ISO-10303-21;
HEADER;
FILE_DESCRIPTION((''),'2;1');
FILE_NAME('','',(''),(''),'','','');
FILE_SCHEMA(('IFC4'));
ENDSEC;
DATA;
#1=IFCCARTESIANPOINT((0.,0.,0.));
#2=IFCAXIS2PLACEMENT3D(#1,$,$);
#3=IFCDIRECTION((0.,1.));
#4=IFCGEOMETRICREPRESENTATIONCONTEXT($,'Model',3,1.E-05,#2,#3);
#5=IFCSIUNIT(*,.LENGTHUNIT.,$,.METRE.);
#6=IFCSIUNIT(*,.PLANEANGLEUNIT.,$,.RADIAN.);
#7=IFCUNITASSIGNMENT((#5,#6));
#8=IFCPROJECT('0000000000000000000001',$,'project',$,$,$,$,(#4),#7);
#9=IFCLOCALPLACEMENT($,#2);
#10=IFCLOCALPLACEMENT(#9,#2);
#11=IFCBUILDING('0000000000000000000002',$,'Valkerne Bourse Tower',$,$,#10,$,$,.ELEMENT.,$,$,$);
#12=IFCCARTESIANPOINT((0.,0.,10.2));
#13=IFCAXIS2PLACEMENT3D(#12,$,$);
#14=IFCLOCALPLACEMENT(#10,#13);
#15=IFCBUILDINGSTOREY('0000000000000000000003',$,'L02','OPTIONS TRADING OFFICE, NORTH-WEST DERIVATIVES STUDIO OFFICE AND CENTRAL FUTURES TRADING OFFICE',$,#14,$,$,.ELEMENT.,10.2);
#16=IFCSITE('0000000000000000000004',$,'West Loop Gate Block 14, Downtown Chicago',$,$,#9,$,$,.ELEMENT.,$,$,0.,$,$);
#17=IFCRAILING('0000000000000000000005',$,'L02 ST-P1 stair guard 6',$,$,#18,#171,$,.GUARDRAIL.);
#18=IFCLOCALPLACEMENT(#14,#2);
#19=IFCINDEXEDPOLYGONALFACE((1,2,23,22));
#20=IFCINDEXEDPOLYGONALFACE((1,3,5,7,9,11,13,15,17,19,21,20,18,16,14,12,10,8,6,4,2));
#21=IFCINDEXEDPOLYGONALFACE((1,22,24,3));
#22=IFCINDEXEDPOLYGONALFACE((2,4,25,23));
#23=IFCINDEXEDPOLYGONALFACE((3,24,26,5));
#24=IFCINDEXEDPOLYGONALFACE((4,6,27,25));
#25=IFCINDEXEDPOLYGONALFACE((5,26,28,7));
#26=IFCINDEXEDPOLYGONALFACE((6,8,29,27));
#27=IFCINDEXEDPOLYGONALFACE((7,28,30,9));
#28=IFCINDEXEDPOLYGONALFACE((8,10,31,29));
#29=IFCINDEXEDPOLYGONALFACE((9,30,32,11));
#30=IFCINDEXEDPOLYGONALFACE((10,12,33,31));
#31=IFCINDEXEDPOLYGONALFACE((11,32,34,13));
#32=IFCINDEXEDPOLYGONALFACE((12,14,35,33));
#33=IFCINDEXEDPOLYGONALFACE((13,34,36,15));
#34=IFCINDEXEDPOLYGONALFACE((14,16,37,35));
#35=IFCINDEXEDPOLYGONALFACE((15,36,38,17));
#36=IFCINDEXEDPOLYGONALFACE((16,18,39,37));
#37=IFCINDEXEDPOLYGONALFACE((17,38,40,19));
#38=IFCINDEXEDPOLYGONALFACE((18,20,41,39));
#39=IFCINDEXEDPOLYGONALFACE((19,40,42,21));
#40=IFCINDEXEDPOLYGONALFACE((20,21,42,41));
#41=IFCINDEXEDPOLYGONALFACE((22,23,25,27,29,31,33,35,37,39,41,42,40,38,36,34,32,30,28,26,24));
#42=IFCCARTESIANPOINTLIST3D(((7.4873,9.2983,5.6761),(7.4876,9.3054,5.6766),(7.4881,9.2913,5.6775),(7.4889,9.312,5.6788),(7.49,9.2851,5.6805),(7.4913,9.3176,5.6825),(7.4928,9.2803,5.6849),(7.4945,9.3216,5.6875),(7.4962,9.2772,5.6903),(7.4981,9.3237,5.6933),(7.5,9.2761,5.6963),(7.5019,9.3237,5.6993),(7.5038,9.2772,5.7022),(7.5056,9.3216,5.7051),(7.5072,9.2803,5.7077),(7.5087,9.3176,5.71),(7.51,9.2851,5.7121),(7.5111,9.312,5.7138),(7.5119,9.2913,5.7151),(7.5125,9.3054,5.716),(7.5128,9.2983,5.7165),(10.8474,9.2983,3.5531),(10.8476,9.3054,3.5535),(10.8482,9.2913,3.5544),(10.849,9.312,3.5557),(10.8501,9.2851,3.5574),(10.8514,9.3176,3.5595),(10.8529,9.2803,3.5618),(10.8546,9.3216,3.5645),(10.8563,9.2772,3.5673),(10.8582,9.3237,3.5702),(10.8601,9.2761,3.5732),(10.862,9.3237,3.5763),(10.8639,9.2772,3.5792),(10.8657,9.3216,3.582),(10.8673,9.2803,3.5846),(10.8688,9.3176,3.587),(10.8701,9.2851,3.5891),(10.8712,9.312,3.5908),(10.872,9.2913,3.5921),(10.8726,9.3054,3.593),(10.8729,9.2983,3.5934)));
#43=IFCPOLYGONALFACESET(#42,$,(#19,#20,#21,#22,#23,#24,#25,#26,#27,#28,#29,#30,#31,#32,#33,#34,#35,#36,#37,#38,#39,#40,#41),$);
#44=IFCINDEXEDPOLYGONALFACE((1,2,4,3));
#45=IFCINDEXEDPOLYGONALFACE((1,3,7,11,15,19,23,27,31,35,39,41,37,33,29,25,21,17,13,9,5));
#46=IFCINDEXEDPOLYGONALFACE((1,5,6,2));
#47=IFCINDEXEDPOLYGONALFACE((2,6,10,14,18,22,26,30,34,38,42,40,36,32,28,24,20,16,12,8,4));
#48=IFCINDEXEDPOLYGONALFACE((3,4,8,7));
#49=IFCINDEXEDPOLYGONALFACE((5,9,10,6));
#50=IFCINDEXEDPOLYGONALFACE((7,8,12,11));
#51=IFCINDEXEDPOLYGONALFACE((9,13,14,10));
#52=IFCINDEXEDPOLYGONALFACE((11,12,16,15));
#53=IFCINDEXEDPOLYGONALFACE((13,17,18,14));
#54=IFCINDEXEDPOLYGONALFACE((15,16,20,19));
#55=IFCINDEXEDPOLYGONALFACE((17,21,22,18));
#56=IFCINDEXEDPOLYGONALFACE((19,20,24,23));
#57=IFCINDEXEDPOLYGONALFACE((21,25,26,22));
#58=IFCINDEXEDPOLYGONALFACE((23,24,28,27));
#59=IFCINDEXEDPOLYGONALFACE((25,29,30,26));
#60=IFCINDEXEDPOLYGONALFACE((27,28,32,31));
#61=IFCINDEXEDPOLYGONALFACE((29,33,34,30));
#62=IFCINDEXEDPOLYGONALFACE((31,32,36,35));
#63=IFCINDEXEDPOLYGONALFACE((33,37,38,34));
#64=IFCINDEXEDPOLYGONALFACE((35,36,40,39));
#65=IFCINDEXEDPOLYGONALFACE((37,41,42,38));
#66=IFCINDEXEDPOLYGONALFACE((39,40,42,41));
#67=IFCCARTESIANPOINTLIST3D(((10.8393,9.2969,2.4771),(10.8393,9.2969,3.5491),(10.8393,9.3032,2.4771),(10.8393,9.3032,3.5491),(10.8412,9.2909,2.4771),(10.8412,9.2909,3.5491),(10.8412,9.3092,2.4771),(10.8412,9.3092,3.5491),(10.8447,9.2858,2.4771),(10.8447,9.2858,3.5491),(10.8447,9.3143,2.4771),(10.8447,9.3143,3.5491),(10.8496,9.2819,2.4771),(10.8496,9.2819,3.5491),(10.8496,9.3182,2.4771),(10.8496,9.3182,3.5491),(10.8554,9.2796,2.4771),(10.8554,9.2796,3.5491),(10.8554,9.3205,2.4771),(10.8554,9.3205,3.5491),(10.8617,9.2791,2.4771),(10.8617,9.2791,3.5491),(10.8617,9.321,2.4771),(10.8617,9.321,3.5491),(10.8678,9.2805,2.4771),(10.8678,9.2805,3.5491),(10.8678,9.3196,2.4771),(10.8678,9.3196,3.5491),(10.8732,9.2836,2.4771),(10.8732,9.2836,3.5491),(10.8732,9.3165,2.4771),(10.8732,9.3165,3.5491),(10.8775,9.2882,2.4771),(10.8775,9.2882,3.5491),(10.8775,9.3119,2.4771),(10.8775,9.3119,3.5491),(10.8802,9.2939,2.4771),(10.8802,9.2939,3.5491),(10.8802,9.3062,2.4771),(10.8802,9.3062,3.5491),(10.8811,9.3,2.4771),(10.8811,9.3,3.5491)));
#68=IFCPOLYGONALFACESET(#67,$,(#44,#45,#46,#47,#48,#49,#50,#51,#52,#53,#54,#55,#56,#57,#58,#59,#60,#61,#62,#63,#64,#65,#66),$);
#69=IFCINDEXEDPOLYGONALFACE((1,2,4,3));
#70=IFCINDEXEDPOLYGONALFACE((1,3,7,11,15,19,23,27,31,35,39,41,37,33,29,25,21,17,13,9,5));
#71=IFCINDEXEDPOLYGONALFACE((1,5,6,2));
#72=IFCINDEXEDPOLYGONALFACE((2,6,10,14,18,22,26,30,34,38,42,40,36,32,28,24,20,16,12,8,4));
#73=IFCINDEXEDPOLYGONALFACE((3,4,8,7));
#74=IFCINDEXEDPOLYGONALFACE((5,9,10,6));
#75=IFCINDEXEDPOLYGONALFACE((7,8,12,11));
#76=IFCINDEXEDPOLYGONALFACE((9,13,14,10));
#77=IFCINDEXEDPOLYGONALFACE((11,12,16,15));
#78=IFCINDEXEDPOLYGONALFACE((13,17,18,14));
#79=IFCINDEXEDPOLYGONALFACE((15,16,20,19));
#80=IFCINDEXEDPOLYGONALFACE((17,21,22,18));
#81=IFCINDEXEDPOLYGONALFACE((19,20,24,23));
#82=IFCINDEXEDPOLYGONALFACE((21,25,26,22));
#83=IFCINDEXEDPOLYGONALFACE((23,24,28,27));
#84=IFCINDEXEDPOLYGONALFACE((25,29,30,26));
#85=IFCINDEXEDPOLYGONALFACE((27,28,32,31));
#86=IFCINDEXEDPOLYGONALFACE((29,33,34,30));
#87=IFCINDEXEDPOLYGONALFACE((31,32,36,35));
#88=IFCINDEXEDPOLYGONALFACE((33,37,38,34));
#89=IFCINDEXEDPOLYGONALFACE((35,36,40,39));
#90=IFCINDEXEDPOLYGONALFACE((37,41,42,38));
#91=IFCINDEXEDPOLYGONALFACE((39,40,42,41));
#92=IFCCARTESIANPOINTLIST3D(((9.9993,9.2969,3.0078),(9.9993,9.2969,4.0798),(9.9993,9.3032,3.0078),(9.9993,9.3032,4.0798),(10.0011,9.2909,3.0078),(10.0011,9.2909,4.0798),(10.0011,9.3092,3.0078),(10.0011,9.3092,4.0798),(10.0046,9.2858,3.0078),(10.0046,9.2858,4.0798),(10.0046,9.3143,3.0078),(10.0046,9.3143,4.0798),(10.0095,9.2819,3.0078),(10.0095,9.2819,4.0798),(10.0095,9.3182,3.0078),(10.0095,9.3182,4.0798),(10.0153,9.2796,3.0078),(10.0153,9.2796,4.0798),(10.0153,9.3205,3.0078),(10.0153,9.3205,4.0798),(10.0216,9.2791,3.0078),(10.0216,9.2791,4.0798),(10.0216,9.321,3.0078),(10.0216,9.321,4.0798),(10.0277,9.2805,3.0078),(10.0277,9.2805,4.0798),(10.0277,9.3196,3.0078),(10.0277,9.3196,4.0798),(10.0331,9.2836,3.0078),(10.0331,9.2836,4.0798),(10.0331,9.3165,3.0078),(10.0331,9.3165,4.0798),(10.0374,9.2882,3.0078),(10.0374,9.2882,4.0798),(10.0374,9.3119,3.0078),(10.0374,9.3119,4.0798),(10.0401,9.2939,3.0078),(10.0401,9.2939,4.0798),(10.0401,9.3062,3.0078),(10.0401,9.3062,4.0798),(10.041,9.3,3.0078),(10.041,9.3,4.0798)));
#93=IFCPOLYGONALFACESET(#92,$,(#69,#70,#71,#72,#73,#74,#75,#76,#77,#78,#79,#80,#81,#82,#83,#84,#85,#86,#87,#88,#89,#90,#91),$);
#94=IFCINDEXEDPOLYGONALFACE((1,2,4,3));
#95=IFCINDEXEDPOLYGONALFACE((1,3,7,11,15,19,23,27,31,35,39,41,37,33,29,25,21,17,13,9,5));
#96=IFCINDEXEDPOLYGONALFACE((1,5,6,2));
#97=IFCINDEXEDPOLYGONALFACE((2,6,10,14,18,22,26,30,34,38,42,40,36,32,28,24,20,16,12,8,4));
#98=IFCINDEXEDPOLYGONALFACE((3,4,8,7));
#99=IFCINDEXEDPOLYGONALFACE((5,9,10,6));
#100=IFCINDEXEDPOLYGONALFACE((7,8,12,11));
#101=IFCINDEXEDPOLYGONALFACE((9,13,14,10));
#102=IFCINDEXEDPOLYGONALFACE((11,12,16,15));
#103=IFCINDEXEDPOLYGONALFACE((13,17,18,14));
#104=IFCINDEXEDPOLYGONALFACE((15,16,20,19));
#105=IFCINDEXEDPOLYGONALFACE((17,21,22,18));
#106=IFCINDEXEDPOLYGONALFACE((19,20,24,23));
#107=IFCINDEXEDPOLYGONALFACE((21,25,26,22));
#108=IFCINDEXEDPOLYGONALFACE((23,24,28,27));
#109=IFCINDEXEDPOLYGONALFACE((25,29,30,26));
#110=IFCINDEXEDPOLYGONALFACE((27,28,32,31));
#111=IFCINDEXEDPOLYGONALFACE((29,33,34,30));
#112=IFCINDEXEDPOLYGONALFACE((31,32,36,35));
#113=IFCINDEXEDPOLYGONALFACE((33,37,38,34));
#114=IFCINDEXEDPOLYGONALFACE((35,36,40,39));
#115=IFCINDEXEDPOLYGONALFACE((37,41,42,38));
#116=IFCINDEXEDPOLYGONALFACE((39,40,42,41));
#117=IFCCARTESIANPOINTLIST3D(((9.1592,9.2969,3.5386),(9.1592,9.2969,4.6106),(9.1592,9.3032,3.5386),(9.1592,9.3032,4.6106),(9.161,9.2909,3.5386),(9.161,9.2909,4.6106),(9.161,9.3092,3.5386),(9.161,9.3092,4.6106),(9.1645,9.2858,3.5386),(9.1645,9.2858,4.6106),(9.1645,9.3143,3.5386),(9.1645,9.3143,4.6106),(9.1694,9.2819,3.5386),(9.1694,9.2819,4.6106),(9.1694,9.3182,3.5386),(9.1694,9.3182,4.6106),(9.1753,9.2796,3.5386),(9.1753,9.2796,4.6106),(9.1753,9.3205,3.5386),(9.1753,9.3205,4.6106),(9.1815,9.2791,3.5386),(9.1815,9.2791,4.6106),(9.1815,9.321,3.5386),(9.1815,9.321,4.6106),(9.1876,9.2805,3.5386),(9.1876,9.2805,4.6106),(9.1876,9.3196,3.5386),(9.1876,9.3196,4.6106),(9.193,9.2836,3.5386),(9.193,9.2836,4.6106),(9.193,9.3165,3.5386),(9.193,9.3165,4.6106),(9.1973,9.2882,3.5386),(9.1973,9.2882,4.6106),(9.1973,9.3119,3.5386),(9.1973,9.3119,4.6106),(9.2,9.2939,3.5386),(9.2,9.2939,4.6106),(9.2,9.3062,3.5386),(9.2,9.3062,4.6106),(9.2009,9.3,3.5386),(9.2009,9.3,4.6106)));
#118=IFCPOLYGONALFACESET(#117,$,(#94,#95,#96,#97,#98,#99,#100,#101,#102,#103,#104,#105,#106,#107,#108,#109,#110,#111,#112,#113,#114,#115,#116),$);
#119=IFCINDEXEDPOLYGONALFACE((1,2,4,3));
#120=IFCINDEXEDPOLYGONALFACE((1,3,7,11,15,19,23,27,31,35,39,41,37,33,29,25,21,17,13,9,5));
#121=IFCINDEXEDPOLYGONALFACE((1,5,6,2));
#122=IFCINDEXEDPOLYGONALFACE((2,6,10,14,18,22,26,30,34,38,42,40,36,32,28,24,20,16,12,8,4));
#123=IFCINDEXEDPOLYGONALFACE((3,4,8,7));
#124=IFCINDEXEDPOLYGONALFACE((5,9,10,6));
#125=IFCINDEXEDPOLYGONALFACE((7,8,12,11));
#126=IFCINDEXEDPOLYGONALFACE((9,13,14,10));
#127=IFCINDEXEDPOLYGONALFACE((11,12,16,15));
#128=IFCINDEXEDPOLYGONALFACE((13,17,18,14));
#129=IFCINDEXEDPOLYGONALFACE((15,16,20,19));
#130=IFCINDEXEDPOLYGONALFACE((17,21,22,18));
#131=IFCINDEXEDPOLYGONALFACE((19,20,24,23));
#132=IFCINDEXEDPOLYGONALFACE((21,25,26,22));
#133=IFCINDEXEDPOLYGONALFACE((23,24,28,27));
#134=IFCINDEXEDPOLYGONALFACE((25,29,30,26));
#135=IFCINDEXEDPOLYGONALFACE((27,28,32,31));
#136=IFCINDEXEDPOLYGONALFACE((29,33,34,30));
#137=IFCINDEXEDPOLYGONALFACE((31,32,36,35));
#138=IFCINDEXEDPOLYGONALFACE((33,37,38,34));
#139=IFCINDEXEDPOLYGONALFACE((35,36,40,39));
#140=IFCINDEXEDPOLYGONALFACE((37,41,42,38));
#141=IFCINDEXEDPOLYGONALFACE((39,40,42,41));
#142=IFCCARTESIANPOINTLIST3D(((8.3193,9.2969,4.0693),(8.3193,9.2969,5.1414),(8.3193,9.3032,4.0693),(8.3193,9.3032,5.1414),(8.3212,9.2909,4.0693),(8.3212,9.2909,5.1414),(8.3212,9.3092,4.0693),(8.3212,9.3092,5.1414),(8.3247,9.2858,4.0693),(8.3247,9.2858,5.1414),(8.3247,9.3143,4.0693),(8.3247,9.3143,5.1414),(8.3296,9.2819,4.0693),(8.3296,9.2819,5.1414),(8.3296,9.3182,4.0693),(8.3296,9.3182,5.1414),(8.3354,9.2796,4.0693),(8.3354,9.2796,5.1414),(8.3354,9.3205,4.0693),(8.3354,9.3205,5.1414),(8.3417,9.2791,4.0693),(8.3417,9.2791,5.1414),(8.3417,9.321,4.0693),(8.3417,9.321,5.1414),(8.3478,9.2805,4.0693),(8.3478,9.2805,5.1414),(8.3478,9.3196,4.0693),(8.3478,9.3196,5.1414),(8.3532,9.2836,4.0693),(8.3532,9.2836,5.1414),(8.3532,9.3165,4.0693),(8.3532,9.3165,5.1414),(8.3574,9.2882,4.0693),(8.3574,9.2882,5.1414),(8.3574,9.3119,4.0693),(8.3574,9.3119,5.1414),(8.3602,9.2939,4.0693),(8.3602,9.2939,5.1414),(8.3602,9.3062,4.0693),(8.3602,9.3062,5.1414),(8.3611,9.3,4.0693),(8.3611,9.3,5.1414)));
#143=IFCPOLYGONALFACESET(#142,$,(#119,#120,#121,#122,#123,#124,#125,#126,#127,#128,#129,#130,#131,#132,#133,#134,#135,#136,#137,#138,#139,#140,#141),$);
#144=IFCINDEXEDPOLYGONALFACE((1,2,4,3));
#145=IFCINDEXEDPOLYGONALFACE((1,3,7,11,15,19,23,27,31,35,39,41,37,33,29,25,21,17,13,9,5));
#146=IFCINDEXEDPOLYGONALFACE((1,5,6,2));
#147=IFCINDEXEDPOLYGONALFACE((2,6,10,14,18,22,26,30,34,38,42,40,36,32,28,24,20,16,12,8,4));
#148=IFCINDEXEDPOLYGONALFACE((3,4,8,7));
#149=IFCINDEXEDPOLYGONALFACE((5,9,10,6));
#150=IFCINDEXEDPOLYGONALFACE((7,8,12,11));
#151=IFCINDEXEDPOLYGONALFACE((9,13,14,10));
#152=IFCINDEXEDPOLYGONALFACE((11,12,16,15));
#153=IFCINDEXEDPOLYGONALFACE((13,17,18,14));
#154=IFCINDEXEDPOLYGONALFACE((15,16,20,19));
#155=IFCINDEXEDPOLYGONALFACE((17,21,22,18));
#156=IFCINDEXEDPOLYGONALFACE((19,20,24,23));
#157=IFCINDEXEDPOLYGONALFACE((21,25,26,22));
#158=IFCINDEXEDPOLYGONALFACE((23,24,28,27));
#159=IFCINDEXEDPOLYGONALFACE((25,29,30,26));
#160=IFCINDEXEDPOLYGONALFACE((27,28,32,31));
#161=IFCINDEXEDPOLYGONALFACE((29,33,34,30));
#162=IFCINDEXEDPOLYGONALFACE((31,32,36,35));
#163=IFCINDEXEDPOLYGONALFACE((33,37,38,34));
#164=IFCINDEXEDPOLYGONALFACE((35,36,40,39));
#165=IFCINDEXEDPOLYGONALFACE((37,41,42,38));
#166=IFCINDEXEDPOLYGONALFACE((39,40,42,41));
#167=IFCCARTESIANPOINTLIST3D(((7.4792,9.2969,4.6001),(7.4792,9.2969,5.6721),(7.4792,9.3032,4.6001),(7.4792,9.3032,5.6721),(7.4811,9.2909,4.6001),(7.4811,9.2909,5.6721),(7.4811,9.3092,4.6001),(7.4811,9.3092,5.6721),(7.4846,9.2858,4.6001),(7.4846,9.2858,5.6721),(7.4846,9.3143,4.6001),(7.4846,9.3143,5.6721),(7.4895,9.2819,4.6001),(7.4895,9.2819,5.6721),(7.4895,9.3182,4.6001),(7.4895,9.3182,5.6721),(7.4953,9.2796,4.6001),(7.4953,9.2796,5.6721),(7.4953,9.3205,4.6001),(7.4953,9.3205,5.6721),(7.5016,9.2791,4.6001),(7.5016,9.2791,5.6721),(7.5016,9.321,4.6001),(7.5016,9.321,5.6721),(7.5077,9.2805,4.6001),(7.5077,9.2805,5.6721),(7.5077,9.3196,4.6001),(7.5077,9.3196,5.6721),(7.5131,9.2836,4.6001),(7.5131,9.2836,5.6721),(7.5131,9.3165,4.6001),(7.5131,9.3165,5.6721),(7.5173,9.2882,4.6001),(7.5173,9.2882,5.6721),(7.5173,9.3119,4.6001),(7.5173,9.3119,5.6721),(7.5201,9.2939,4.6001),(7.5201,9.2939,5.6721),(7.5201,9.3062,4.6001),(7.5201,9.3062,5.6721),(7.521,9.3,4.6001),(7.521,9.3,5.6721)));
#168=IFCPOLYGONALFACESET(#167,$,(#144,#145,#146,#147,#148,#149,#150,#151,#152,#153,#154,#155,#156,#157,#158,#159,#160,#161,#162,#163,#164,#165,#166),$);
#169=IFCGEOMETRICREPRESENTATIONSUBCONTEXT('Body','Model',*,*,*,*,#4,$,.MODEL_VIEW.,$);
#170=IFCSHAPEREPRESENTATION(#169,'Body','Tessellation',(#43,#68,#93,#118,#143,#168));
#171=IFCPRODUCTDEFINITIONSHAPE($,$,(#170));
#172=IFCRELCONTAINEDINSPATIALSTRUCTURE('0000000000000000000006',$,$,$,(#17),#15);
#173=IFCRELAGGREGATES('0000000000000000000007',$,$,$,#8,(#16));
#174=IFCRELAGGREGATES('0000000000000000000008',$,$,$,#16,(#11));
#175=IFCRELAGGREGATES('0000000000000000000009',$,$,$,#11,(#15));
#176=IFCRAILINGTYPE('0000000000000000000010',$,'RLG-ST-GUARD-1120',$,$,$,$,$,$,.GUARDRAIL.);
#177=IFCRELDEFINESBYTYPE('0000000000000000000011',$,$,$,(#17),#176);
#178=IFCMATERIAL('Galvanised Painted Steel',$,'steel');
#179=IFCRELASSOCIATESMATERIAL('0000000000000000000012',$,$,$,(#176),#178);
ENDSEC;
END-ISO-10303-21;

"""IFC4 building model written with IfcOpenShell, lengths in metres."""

from ifc_helpers import new_model, si_unit, direction, frame, origin, origin_2d, place, context, subcontext, project, spatial, circle, extrude, material, type_object, element, save


model = new_model("IFC4")

# Units and contexts
model_context = context("Model", 3, precision=1e-05, world=origin(), true_north=direction((0.0, 1.0)))
body_context = subcontext(model_context, "Body", "Model", "MODEL_VIEW")
ifc_project = project(units=[si_unit("LENGTHUNIT", "METRE"), si_unit("PLANEANGLEUNIT", "RADIAN")], contexts=[model_context])

# Site, building, storey
site_placement = place(None, origin())
site = spatial("IfcSite", under=ifc_project, at=site_placement, Name="West Loop Gate Block 14, Downtown Chicago", CompositionType="ELEMENT", RefElevation=0.0)
building_placement = place(site_placement, origin())
building = spatial("IfcBuilding", under=site, at=building_placement, Name="Valkerne Bourse Tower", CompositionType="ELEMENT")
storey_placement = place(building_placement, frame((0.0, 0.0, 10.2)))
storey = spatial("IfcBuildingStorey", under=building, at=storey_placement, Name="L02", Description="OPTIONS TRADING OFFICE, NORTH-WEST DERIVATIVES STUDIO OFFICE AND CENTRAL FUTURES TRADING OFFICE", CompositionType="ELEMENT", Elevation=10.2)

# Shared definitions
ifc_material_1 = material(Name="Galvanised Painted Steel", Category="steel")

# Railing
railing_type_1 = type_object("IfcRailingType", Name="RLG-ST-GUARD-1120", PredefinedType="GUARDRAIL", material=ifc_material_1)
railing_1_placement = place(storey_placement, frame((10.8601, 9.3, 2.4771)))
element("IfcRailing", 1, at=railing_1_placement, inside=storey, type_object=railing_type_1, Name="L02 ST-P1 stair guard 6", PredefinedType="GUARDRAIL", context=body_context, shape_type="SweptSolid", body=[
    extrude(circle(Radius=0.0239, at=origin_2d()), frame((0.0, 0.0, 1.0962), z_axis=(-0.84539, 0.0, 0.53415), x_axis=(0.0, -1.0, 0.0)), (0.0, 0.0, 1.0), 3.9746),
    extrude(circle(Radius=0.021, at=origin_2d()), origin(), (0.0, 0.0, 1.0), 1.072),
    extrude(circle(Radius=0.021, at=origin_2d()), frame((-0.8401, 0.0, 0.5308)), (0.0, 0.0, 1.0), 1.072),
    extrude(circle(Radius=0.021, at=origin_2d()), frame((-1.6802, 0.0, 1.0615)), (0.0, 0.0, 1.0), 1.072),
    extrude(circle(Radius=0.021, at=origin_2d()), frame((-2.52, 0.0, 1.5923)), (0.0, 0.0, 1.0), 1.072),
    extrude(circle(Radius=0.021, at=origin_2d()), frame((-3.3601, 0.0, 2.123)), (0.0, 0.0, 1.0), 1.072),
])

save(model, "model.ifc")
